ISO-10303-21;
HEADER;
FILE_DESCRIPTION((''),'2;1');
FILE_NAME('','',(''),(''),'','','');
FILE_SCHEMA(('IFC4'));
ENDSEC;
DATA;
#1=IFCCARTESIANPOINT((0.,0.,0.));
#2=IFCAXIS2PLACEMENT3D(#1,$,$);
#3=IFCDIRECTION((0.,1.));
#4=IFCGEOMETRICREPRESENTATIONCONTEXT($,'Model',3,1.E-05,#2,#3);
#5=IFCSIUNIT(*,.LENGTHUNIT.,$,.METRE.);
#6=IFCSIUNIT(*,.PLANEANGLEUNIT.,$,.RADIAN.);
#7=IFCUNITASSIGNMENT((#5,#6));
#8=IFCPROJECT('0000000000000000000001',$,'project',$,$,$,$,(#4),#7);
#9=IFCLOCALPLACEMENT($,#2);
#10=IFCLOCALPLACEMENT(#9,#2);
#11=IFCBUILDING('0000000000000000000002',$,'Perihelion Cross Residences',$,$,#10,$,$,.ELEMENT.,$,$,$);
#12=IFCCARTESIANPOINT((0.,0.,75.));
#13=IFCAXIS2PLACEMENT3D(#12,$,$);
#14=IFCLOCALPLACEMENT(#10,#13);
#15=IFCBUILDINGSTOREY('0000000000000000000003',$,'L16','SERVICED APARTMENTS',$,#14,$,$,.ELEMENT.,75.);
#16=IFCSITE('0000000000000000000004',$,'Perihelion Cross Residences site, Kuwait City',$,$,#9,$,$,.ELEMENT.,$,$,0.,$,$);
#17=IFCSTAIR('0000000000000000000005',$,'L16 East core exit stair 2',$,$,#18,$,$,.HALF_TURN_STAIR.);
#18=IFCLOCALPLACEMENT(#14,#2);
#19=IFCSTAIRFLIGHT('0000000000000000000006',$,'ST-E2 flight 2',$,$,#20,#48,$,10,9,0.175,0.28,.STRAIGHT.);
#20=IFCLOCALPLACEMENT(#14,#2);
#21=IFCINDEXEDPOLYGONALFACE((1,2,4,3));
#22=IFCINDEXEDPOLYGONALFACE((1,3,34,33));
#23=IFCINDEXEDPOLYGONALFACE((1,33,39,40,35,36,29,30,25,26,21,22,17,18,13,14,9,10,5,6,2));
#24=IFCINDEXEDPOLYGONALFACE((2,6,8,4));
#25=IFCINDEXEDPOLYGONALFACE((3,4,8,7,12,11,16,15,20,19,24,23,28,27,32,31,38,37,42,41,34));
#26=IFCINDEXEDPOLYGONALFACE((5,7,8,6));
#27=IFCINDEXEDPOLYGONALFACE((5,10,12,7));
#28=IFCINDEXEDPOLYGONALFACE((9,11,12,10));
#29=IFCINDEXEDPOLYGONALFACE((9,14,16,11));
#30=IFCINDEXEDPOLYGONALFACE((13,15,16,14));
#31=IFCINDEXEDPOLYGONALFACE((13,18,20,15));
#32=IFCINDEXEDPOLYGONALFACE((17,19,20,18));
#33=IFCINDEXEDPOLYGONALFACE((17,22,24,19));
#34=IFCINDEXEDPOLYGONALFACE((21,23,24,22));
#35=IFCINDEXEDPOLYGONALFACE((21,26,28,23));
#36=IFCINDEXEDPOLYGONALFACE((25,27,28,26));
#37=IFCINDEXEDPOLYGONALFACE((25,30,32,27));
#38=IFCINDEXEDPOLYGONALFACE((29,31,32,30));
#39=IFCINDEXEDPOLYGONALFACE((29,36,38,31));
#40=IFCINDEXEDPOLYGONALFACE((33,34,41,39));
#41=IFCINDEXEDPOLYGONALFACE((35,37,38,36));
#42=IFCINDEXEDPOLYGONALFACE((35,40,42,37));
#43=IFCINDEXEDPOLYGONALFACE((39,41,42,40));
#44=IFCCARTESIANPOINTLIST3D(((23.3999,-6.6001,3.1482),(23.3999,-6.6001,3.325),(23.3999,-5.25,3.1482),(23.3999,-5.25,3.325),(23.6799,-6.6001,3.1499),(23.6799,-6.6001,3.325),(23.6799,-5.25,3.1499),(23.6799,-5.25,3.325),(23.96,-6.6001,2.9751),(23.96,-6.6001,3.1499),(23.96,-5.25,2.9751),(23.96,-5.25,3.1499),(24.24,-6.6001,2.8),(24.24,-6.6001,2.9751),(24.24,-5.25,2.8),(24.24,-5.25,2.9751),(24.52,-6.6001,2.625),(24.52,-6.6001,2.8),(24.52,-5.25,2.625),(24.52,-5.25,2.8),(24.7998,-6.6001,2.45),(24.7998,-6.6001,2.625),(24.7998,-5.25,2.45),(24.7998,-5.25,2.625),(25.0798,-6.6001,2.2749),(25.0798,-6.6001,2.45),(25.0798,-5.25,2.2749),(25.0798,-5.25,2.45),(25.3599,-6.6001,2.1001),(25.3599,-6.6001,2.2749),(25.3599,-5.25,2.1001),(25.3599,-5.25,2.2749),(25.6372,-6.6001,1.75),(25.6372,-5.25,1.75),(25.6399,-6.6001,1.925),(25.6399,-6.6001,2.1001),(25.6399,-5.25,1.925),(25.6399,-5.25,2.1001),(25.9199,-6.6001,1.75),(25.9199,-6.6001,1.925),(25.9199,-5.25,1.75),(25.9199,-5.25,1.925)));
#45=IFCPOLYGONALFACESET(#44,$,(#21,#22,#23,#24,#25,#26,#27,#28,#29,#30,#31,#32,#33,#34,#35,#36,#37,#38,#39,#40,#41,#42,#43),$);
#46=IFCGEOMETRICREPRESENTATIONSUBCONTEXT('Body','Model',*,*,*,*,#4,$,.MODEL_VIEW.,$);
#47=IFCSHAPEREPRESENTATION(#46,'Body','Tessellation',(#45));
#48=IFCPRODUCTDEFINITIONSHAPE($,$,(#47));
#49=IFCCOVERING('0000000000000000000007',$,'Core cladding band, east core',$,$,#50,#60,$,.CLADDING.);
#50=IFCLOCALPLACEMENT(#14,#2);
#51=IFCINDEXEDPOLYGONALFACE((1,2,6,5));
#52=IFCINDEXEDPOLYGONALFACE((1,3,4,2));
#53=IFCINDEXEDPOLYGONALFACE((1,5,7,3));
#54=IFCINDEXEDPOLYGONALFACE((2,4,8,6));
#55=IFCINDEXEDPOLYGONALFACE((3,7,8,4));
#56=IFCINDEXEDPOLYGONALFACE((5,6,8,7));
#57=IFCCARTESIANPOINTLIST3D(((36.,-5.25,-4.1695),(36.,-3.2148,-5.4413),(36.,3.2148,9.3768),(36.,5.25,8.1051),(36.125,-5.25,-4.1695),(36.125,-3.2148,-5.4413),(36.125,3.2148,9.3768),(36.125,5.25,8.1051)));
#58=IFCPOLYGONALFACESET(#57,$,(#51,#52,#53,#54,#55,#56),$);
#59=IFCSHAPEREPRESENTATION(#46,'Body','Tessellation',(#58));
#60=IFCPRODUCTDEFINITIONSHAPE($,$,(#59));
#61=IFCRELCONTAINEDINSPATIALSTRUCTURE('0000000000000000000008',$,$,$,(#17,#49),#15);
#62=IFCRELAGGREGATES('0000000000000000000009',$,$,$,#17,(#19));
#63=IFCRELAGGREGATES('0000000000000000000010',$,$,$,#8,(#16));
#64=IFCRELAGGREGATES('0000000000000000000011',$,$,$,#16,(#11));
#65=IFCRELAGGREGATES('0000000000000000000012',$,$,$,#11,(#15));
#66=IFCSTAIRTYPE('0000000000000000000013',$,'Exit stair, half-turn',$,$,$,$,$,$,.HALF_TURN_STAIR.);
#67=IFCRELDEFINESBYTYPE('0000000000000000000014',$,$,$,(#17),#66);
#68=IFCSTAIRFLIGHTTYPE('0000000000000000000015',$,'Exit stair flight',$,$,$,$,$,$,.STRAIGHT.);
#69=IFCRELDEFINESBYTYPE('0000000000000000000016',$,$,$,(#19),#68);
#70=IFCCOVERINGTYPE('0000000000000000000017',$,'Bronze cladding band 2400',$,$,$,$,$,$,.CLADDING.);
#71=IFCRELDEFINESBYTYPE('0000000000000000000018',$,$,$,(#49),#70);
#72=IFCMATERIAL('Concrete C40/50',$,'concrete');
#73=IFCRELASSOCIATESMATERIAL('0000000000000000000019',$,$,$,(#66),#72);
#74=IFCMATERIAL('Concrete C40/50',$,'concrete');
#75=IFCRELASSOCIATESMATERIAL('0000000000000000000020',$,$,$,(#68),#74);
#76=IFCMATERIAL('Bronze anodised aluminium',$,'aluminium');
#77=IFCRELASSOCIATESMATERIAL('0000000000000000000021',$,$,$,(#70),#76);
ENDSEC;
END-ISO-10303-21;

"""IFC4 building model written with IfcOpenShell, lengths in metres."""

from ifc_helpers import new_model, si_unit, direction, frame, origin, origin_2d, place, context, subcontext, project, spatial, polyline, rectangle, outline, extrude, material, material_profile, profile_set, type_object, element, aggregate, save


model = new_model("IFC4")

# Units and contexts
model_context = context("Model", 3, precision=1e-05, world=origin(), true_north=direction((0.0, 1.0)))
body_context = subcontext(model_context, "Body", "Model", "MODEL_VIEW")
ifc_project = project(units=[si_unit("LENGTHUNIT", "METRE"), si_unit("PLANEANGLEUNIT", "RADIAN")], contexts=[model_context])

# Site, building, storey
site_placement = place(None, origin())
site = spatial("IfcSite", under=ifc_project, at=site_placement, Name="Perihelion Cross Residences site, Kuwait City", CompositionType="ELEMENT", RefElevation=0.0)
building_placement = place(site_placement, origin())
building = spatial("IfcBuilding", under=site, at=building_placement, Name="Perihelion Cross Residences", CompositionType="ELEMENT")
storey_placement = place(building_placement, frame((0.0, 0.0, 75.0)))
storey = spatial("IfcBuildingStorey", under=building, at=storey_placement, Name="L16", Description="SERVICED APARTMENTS", CompositionType="ELEMENT", Elevation=75.0)

# Stair, stair flight
ifc_material_1 = material(Name="Concrete C40/50", Category="concrete")
stair_type = type_object("IfcStairType", Name="Exit stair, half-turn", PredefinedType="HALF_TURN_STAIR", material=ifc_material_1)
stair_placement = place(storey_placement, origin())
stair = element("IfcStair", 1, at=stair_placement, inside=storey, type_object=stair_type, Name="L16 East core exit stair 2", PredefinedType="HALF_TURN_STAIR")
ifc_material_2 = material(Name="Concrete C40/50", Category="concrete")
stair_flight_type = type_object("IfcStairFlightType", Name="Exit stair flight", PredefinedType="STRAIGHT", material=ifc_material_2)
stair_flight_placement = place(storey_placement, frame((25.9199, -5.925, 1.75), z_axis=(0.0, 0.0, 1.0), x_axis=(-1.0, 0.0, 0.0)))
stair_flight = element("IfcStairFlight", 2, at=stair_flight_placement, type_object=stair_flight_type, Name="ST-E2 flight 2", NumberOfRisers=10, NumberOfTreads=9, PredefinedType="STRAIGHT", RiserHeight=0.175, TreadLength=0.28, context=body_context, shape_type="SweptSolid", body=[
    extrude(outline(polyline([(0.0, 0.0), (0.0, 0.175), (0.28, 0.175), (0.28, 0.3501), (0.5601, 0.3501), (0.5601, 0.5249), (0.8401, 0.5249), (0.8401, 0.7), (1.1201, 0.7), (1.1201, 0.875), (1.3999, 0.875), (1.3999, 1.05), (1.6799, 1.05), (1.6799, 1.2251), (1.96, 1.2251), (1.96, 1.3999), (2.24, 1.3999), (2.24, 1.575), (2.52, 1.575), (2.52, 1.75), (2.52, 1.3982), (0.2827, 0.0), (0.0, 0.0)])), frame((0.0, 0.675, 0.0), z_axis=(0.0, -1.0, 0.0), x_axis=(1.0, 0.0, 0.0)), (0.0, 0.0, 1.0), 1.3501),
])
aggregate(stair, [stair_flight])

# Covering
ifc_material_3 = material(Name="Bronze anodised aluminium", Category="aluminium")
ifc_material_profile = material_profile(ifc_material_3, rectangle(XDim=0.125, YDim=2.3999, at=origin_2d()), Name="Bronze cladding band 2400")
ifc_profile_set = profile_set([ifc_material_profile], Name="Bronze anodised aluminium")
covering_type = type_object("IfcCoveringType", Name="Bronze cladding band 2400", PredefinedType="CLADDING", material=ifc_profile_set)
covering_placement = place(storey_placement, frame((36.0625, -4.2324, -4.8054), z_axis=(0.0, 0.529925, 0.848045), x_axis=(-1.0, 0.0, 0.0)))
element("IfcCovering", 3, at=covering_placement, inside=storey, type_object=covering_type, Name="Core cladding band, east core", PredefinedType="CLADDING", context=body_context, shape_type="SweptSolid", body=[
    extrude(rectangle(XDim=0.125, YDim=2.3999, at=origin_2d()), origin(), (0.0, 0.0, 1.0), 15.9736),
])

save(model, "model.ifc")
